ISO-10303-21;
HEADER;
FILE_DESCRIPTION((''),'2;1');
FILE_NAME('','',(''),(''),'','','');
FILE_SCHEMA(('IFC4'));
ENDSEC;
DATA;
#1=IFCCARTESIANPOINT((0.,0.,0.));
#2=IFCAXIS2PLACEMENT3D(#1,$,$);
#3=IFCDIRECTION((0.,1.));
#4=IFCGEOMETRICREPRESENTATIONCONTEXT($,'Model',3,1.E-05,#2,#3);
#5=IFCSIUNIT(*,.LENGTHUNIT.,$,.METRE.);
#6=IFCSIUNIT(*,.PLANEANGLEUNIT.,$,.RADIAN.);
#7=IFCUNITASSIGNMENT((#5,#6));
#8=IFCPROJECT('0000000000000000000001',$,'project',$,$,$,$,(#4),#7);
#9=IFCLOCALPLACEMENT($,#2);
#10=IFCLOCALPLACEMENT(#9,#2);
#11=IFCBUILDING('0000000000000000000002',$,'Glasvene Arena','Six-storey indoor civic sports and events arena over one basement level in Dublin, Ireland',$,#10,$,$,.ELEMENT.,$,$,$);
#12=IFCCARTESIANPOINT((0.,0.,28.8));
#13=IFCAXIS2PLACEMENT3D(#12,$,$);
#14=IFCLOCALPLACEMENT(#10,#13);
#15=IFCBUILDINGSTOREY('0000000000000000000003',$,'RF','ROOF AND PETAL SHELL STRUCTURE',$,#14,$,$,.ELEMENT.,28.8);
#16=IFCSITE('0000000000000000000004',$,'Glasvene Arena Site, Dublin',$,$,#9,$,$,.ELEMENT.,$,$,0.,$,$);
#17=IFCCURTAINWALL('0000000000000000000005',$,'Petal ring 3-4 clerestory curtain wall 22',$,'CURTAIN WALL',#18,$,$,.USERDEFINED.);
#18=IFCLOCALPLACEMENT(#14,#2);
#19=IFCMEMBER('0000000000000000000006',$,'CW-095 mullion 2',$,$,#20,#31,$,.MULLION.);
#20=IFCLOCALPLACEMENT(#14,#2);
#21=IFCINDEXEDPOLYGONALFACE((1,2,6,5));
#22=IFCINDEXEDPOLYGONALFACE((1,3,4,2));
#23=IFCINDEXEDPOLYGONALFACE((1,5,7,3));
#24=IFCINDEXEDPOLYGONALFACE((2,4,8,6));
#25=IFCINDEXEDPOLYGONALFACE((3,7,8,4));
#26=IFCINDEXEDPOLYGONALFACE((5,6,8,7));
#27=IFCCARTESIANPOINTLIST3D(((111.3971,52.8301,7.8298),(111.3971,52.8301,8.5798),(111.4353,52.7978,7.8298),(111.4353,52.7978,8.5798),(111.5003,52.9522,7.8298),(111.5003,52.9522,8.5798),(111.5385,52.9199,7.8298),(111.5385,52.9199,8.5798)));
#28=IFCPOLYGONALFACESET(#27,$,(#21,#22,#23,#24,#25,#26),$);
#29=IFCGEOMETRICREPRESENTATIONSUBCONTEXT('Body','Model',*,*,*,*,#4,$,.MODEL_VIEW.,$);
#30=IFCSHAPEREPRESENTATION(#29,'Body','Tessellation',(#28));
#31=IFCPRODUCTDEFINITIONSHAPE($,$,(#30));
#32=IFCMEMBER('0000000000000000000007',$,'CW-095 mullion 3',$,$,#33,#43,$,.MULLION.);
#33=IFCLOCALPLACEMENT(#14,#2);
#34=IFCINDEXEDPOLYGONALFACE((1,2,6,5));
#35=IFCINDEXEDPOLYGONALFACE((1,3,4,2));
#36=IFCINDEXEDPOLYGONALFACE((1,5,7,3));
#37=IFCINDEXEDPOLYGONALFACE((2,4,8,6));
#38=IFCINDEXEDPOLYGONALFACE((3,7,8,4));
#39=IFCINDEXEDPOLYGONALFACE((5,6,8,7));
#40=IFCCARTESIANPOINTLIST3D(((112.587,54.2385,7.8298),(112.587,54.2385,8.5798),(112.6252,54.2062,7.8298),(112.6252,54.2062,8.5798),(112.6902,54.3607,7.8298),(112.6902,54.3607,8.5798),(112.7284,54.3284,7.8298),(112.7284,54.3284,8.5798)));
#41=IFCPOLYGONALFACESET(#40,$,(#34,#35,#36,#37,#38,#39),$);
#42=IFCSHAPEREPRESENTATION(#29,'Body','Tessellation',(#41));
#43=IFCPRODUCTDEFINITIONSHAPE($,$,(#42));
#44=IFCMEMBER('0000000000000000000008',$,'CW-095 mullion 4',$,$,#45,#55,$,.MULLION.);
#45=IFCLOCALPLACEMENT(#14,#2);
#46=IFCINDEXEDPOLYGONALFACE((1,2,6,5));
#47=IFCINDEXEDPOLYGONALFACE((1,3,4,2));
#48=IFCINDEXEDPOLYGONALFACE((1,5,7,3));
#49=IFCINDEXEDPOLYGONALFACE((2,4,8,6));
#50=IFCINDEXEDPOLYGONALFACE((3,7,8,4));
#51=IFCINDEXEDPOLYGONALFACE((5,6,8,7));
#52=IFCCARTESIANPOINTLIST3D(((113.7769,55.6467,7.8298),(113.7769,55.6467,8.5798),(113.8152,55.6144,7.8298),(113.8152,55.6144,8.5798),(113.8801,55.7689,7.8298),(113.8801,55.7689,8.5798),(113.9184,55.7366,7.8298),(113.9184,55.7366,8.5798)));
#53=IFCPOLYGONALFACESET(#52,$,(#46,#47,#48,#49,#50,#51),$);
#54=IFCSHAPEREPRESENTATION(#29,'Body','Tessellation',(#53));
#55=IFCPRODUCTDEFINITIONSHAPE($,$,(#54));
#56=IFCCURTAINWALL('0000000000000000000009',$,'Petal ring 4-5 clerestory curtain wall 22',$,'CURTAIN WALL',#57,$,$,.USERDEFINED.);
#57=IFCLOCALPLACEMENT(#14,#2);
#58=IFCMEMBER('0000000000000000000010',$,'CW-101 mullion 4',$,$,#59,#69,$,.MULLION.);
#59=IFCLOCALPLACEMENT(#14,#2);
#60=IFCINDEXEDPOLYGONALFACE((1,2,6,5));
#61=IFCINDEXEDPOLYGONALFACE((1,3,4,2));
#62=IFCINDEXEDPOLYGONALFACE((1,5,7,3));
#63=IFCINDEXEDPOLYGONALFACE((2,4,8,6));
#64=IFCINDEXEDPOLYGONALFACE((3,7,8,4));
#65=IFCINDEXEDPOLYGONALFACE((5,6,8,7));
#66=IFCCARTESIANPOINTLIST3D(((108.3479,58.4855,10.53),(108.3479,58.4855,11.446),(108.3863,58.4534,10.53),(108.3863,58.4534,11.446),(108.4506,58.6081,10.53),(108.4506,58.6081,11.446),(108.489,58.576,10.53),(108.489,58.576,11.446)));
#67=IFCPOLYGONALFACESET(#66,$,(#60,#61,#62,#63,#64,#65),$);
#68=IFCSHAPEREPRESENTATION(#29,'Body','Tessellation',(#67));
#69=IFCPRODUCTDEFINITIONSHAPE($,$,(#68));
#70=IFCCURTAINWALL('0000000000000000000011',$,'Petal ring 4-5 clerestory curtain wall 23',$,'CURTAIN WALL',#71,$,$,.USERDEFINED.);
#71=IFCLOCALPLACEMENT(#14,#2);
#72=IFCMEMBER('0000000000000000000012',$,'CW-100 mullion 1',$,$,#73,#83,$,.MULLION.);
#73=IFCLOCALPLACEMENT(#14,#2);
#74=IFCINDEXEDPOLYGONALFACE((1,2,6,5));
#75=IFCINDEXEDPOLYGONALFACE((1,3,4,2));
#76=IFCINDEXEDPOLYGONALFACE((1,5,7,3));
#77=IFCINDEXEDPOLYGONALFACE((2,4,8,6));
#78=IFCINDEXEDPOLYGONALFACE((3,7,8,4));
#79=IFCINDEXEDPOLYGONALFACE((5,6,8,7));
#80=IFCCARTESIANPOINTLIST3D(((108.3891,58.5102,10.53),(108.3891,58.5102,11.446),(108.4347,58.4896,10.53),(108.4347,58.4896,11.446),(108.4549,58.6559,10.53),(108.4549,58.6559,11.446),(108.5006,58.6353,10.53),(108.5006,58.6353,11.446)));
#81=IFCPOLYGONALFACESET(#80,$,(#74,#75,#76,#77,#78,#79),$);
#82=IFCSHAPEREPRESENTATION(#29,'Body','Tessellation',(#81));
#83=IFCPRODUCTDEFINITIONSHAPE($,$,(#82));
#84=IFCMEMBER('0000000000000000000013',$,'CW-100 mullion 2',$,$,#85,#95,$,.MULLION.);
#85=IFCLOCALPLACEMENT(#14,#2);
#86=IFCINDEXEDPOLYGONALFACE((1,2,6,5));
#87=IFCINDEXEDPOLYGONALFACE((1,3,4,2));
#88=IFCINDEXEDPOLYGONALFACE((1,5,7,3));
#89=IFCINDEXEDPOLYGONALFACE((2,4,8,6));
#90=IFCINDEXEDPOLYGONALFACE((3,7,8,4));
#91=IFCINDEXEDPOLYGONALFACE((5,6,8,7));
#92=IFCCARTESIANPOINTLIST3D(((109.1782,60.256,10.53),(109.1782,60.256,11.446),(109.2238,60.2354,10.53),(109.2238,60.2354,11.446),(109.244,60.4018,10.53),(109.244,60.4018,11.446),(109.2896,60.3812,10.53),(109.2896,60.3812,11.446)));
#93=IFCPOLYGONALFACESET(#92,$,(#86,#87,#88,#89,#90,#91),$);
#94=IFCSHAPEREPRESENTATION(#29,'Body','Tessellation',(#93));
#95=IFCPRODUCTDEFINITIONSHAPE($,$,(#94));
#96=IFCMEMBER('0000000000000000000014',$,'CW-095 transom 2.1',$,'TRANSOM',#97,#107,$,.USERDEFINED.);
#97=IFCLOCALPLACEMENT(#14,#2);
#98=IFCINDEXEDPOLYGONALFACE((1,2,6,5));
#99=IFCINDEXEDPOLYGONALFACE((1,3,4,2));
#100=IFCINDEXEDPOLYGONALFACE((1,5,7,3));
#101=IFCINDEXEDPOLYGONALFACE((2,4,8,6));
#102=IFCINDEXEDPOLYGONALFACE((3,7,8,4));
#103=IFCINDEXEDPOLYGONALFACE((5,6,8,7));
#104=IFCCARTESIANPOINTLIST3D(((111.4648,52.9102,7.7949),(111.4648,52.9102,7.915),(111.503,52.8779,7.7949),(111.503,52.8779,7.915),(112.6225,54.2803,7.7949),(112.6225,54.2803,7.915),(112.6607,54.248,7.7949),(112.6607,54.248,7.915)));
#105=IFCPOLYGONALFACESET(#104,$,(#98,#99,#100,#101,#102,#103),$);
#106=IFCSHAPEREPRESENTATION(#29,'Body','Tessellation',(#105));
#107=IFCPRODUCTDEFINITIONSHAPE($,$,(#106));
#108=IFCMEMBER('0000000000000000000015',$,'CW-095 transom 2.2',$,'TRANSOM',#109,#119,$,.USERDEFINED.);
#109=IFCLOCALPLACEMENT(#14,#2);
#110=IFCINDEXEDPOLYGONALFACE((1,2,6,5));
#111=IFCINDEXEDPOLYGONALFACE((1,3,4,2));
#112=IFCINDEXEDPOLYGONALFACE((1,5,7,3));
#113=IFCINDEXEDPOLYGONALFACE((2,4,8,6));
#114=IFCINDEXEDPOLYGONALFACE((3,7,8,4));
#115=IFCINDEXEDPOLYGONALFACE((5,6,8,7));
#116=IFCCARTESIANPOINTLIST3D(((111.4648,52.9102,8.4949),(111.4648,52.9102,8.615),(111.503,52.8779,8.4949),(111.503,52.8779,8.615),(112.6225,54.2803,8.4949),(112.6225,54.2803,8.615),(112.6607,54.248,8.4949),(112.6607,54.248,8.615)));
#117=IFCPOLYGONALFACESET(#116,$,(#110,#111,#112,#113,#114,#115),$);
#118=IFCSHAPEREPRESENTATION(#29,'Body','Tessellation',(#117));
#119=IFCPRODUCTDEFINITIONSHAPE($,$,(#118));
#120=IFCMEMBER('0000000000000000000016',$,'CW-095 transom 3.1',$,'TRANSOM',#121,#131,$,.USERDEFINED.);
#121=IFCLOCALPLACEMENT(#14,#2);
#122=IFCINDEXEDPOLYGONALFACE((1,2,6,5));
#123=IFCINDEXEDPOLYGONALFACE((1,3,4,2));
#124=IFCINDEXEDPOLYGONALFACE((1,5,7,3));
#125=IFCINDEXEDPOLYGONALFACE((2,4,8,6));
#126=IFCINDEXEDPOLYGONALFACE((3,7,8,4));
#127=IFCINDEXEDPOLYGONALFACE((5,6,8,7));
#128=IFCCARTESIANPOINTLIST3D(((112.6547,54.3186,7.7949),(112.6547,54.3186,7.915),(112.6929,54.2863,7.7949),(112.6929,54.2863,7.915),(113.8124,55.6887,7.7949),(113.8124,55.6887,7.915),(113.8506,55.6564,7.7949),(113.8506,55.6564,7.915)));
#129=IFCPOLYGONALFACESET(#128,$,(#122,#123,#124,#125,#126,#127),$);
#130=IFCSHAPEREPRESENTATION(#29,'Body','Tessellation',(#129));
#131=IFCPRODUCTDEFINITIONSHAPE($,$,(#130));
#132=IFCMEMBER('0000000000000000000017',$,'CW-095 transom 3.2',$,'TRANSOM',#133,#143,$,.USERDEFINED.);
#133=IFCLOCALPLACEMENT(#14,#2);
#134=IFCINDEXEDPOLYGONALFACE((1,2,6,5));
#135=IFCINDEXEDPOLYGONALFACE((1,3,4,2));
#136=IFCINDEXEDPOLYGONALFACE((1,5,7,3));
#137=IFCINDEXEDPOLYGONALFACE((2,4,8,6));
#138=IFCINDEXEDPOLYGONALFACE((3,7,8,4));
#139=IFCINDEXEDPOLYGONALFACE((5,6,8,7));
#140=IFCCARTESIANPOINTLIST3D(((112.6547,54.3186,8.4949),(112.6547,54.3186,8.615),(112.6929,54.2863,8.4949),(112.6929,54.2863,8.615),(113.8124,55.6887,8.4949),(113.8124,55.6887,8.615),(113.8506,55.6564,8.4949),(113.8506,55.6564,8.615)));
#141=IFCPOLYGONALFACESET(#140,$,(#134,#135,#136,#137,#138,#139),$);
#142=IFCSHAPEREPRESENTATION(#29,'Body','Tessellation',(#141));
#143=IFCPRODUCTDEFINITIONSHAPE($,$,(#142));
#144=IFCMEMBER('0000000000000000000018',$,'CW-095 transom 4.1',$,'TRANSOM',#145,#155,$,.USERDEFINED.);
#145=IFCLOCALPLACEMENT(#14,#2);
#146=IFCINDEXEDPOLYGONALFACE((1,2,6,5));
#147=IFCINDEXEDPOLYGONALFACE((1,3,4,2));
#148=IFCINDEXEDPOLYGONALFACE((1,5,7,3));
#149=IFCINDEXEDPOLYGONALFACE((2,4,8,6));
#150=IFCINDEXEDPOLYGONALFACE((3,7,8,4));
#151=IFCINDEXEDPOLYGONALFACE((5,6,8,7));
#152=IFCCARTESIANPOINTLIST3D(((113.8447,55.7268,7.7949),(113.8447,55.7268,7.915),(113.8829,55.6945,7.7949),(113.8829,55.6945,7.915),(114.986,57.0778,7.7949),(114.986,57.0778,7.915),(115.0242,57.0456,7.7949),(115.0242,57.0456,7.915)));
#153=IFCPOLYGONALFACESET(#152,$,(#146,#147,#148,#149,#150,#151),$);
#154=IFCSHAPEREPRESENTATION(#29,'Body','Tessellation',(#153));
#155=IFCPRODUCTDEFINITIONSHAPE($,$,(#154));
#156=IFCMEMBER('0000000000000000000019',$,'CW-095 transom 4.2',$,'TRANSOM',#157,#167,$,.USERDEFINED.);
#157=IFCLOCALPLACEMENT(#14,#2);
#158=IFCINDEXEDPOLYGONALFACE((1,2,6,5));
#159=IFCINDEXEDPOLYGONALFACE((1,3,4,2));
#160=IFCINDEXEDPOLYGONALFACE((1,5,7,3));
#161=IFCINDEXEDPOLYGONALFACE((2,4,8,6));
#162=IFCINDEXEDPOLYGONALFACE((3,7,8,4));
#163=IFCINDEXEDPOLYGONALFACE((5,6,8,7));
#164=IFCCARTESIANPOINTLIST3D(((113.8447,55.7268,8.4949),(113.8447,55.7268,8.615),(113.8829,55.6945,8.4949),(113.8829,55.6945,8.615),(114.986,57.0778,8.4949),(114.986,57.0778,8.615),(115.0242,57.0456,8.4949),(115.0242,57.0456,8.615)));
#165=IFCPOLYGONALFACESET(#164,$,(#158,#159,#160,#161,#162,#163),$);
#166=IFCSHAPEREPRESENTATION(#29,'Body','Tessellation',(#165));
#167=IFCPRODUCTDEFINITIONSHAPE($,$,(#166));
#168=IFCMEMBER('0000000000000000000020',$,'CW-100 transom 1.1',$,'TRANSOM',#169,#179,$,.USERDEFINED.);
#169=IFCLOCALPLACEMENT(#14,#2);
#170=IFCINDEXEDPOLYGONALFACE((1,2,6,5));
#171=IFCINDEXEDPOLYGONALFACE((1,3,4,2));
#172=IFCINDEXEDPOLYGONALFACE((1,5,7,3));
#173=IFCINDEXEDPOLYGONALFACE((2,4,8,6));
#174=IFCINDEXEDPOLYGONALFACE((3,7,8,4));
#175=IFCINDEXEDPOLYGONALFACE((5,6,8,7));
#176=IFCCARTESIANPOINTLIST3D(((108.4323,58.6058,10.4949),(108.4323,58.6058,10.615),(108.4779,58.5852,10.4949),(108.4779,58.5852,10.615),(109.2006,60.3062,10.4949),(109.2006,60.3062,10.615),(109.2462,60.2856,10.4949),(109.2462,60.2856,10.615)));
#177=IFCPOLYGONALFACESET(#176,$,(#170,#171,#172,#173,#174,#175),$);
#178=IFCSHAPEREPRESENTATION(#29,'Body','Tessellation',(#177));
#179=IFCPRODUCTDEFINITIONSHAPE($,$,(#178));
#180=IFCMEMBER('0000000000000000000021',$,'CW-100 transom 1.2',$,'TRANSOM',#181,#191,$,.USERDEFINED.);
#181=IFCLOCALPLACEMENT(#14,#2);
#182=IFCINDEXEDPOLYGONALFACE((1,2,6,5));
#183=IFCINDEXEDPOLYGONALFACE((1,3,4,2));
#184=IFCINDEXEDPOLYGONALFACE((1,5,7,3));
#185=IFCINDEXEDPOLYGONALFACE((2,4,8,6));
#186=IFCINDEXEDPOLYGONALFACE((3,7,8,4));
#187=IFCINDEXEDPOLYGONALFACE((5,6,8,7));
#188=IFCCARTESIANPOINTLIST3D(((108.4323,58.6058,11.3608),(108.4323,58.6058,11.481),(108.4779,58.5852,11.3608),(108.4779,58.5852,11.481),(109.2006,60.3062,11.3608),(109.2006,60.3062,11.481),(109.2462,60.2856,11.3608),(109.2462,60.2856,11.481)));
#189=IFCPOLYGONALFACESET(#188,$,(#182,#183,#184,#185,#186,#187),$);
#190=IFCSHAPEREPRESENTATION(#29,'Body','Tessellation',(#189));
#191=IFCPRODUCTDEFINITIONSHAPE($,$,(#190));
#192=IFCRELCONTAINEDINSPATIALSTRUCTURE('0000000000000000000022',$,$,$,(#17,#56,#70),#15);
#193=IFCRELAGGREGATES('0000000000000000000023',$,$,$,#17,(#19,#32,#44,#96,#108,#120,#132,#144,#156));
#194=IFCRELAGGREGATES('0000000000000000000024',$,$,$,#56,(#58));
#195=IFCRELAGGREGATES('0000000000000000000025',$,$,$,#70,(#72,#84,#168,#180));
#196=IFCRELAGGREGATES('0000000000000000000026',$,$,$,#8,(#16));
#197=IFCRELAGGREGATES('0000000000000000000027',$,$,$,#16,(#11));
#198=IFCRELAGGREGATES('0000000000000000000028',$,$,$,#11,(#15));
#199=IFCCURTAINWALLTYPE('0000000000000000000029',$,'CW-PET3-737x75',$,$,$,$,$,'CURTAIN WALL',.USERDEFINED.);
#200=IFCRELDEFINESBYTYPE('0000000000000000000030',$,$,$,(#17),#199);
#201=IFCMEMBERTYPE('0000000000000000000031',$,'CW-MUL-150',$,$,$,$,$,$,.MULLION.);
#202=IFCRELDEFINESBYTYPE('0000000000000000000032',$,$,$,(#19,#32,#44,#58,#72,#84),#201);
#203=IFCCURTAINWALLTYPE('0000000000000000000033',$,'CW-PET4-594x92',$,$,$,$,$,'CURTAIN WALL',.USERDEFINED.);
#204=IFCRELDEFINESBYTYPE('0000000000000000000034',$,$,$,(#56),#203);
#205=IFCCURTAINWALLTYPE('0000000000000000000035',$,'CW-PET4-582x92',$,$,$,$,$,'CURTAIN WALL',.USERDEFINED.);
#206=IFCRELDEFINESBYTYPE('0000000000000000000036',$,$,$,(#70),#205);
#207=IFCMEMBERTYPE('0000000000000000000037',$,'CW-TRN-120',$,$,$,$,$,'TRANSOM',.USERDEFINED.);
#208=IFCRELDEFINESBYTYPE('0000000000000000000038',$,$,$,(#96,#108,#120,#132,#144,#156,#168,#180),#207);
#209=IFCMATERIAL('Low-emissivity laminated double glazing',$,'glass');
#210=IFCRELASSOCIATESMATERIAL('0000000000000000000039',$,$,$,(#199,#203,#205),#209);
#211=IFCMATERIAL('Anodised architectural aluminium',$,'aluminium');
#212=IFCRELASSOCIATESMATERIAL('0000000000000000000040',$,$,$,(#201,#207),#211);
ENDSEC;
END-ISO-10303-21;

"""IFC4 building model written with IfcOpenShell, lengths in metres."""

from ifc_helpers import new_model, si_unit, direction, frame, origin, origin_2d, place, context, subcontext, project, spatial, rectangle, extrude, material, material_profile, profile_set, type_object, element, aggregate, save


model = new_model("IFC4")

# Units and contexts
model_context = context("Model", 3, precision=1e-05, world=origin(), true_north=direction((0.0, 1.0)))
body_context = subcontext(model_context, "Body", "Model", "MODEL_VIEW")
ifc_project = project(units=[si_unit("LENGTHUNIT", "METRE"), si_unit("PLANEANGLEUNIT", "RADIAN")], contexts=[model_context])

# Site, building, storey
site_placement = place(None, origin())
site = spatial("IfcSite", under=ifc_project, at=site_placement, Name="Glasvene Arena Site, Dublin", CompositionType="ELEMENT", RefElevation=0.0)
building_placement = place(site_placement, origin())
building = spatial("IfcBuilding", under=site, at=building_placement, Name="Glasvene Arena", Description="Six-storey indoor civic sports and events arena over one basement level in Dublin, Ireland", CompositionType="ELEMENT")
storey_placement = place(building_placement, frame((0.0, 0.0, 28.8)))
storey = spatial("IfcBuildingStorey", under=building, at=storey_placement, Name="RF", Description="ROOF AND PETAL SHELL STRUCTURE", CompositionType="ELEMENT", Elevation=28.8)

# Curtain wall, members
ifc_material_1 = material(Name="Low-emissivity laminated double glazing", Category="glass")
curtain_wall_type_1 = type_object("IfcCurtainWallType", Name="CW-PET3-737x75", ElementType="CURTAIN WALL", PredefinedType="USERDEFINED", material=ifc_material_1)
curtain_wall_1_placement = place(storey_placement, frame((110.2778, 51.4668, 0.0)))
curtain_wall_1 = element("IfcCurtainWall", 1, at=curtain_wall_1_placement, inside=storey, type_object=curtain_wall_type_1, Name="Petal ring 3-4 clerestory curtain wall 22", ObjectType="CURTAIN WALL", PredefinedType="USERDEFINED")
ifc_material_2 = material(Name="Anodised architectural aluminium", Category="aluminium")
ifc_material_profile_1 = material_profile(ifc_material_2, rectangle(XDim=0.05, YDim=0.1599, at=origin_2d()), Name="ALU MULLION 50x160")
ifc_profile_set_1 = profile_set([ifc_material_profile_1], Name="Anodised architectural aluminium")
member_type_1 = type_object("IfcMemberType", Name="CW-MUL-150", PredefinedType="MULLION", material=ifc_profile_set_1)
member_1_placement = place(storey_placement, frame((111.4678, 52.875, 7.8298), z_axis=(0.0, 0.0, 1.0), x_axis=(-0.76385, 0.645394, 0.0)))
member_1 = element("IfcMember", 2, at=member_1_placement, type_object=member_type_1, Name="CW-095 mullion 2", PredefinedType="MULLION", context=body_context, shape_type="SweptSolid", body=[
    extrude(rectangle(XDim=0.05, YDim=0.1599, at=origin_2d()), origin(), (0.0, 0.0, 1.0), 0.75),
])
member_2_placement = place(storey_placement, frame((112.6577, 54.2834, 7.8298), z_axis=(0.0, 0.0, 1.0), x_axis=(-0.76385, 0.645394, 0.0)))
member_2 = element("IfcMember", 3, at=member_2_placement, type_object=member_type_1, Name="CW-095 mullion 3", PredefinedType="MULLION", context=body_context, shape_type="SweptSolid", body=[
    extrude(rectangle(XDim=0.05, YDim=0.1599, at=origin_2d()), origin(), (0.0, 0.0, 1.0), 0.75),
])
member_3_placement = place(storey_placement, frame((113.8477, 55.6917, 7.8298), z_axis=(0.0, 0.0, 1.0), x_axis=(-0.76385, 0.645394, 0.0)))
member_3 = element("IfcMember", 4, at=member_3_placement, type_object=member_type_1, Name="CW-095 mullion 4", PredefinedType="MULLION", context=body_context, shape_type="SweptSolid", body=[
    extrude(rectangle(XDim=0.05, YDim=0.1599, at=origin_2d()), origin(), (0.0, 0.0, 1.0), 0.75),
])

# Curtain wall, member
curtain_wall_type_2 = type_object("IfcCurtainWallType", Name="CW-PET4-594x92", ElementType="CURTAIN WALL", PredefinedType="USERDEFINED", material=ifc_material_1)
curtain_wall_2_placement = place(storey_placement, frame((104.6206, 53.9937, 0.0)))
curtain_wall_2 = element("IfcCurtainWall", 5, at=curtain_wall_2_placement, inside=storey, type_object=curtain_wall_type_2, Name="Petal ring 4-5 clerestory curtain wall 22", ObjectType="CURTAIN WALL", PredefinedType="USERDEFINED")
member_4_placement = place(storey_placement, frame((108.4185, 58.5308, 10.53), z_axis=(0.0, 0.0, 1.0), x_axis=(-0.766805, 0.64188, 0.0)))
member_4 = element("IfcMember", 6, at=member_4_placement, type_object=member_type_1, Name="CW-101 mullion 4", PredefinedType="MULLION", context=body_context, shape_type="SweptSolid", body=[
    extrude(rectangle(XDim=0.05, YDim=0.1599, at=origin_2d()), origin(), (0.0, 0.0, 1.0), 0.916),
])

# Curtain wall, members
curtain_wall_type_3 = type_object("IfcCurtainWallType", Name="CW-PET4-582x92", ElementType="CURTAIN WALL", PredefinedType="USERDEFINED", material=ifc_material_1)
curtain_wall_3_placement = place(storey_placement, frame((108.4346, 58.55, 0.0)))
curtain_wall_3 = element("IfcCurtainWall", 7, at=curtain_wall_3_placement, inside=storey, type_object=curtain_wall_type_3, Name="Petal ring 4-5 clerestory curtain wall 23", ObjectType="CURTAIN WALL", PredefinedType="USERDEFINED")
member_5_placement = place(storey_placement, frame((108.4448, 58.5728, 10.53), z_axis=(0.0, 0.0, 1.0), x_axis=(-0.911284, 0.411778, 0.0)))
member_5 = element("IfcMember", 8, at=member_5_placement, type_object=member_type_1, Name="CW-100 mullion 1", PredefinedType="MULLION", context=body_context, shape_type="SweptSolid", body=[
    extrude(rectangle(XDim=0.05, YDim=0.1599, at=origin_2d()), origin(), (0.0, 0.0, 1.0), 0.916),
])
member_6_placement = place(storey_placement, frame((109.2339, 60.3186, 10.53), z_axis=(0.0, 0.0, 1.0), x_axis=(-0.911284, 0.411778, 0.0)))
member_6 = element("IfcMember", 9, at=member_6_placement, type_object=member_type_1, Name="CW-100 mullion 2", PredefinedType="MULLION", context=body_context, shape_type="SweptSolid", body=[
    extrude(rectangle(XDim=0.05, YDim=0.1599, at=origin_2d()), origin(), (0.0, 0.0, 1.0), 0.916),
])

# Members
ifc_material_profile_2 = material_profile(ifc_material_2, rectangle(XDim=0.05, YDim=0.1201, at=origin_2d()), Name="ALU TRANSOM 50x120")
ifc_profile_set_2 = profile_set([ifc_material_profile_2], Name="Anodised architectural aluminium")
member_type_2 = type_object("IfcMemberType", Name="CW-TRN-120", ElementType="TRANSOM", PredefinedType="USERDEFINED", material=ifc_profile_set_2)
member_7_placement = place(storey_placement, frame((111.4839, 52.894, 7.855), z_axis=(0.645417, 0.76383, 0.0), x_axis=(-0.76383, 0.645417, 0.0)))
member_7 = element("IfcMember", 10, at=member_7_placement, type_object=member_type_2, Name="CW-095 transom 2.1", ObjectType="TRANSOM", PredefinedType="USERDEFINED", context=body_context, shape_type="SweptSolid", body=[
    extrude(rectangle(XDim=0.05, YDim=0.1201, at=origin_2d()), origin(), (0.0, 0.0, 1.0), 1.7937),
])
member_8_placement = place(storey_placement, frame((111.4839, 52.894, 8.5549), z_axis=(0.645417, 0.76383, 0.0), x_axis=(-0.76383, 0.645417, 0.0)))
member_8 = element("IfcMember", 11, at=member_8_placement, type_object=member_type_2, Name="CW-095 transom 2.2", ObjectType="TRANSOM", PredefinedType="USERDEFINED", context=body_context, shape_type="SweptSolid", body=[
    extrude(rectangle(XDim=0.05, YDim=0.1201, at=origin_2d()), origin(), (0.0, 0.0, 1.0), 1.7937),
])
member_9_placement = place(storey_placement, frame((112.6738, 54.3025, 7.855), z_axis=(0.645417, 0.76383, 0.0), x_axis=(-0.76383, 0.645417, 0.0)))
member_9 = element("IfcMember", 12, at=member_9_placement, type_object=member_type_2, Name="CW-095 transom 3.1", ObjectType="TRANSOM", PredefinedType="USERDEFINED", context=body_context, shape_type="SweptSolid", body=[
    extrude(rectangle(XDim=0.05, YDim=0.1201, at=origin_2d()), origin(), (0.0, 0.0, 1.0), 1.7937),
])
member_10_placement = place(storey_placement, frame((112.6738, 54.3025, 8.5549), z_axis=(0.645417, 0.76383, 0.0), x_axis=(-0.76383, 0.645417, 0.0)))
member_10 = element("IfcMember", 13, at=member_10_placement, type_object=member_type_2, Name="CW-095 transom 3.2", ObjectType="TRANSOM", PredefinedType="USERDEFINED", context=body_context, shape_type="SweptSolid", body=[
    extrude(rectangle(XDim=0.05, YDim=0.1201, at=origin_2d()), origin(), (0.0, 0.0, 1.0), 1.7937),
])
member_11_placement = place(storey_placement, frame((113.8638, 55.7107, 7.855), z_axis=(0.645329, 0.763904, 0.0), x_axis=(-0.763904, 0.645329, 0.0)))
member_11 = element("IfcMember", 14, at=member_11_placement, type_object=member_type_2, Name="CW-095 transom 4.1", ObjectType="TRANSOM", PredefinedType="USERDEFINED", context=body_context, shape_type="SweptSolid", body=[
    extrude(rectangle(XDim=0.05, YDim=0.1201, at=origin_2d()), origin(), (0.0, 0.0, 1.0), 1.7686),
])
member_12_placement = place(storey_placement, frame((113.8638, 55.7107, 8.5549), z_axis=(0.645329, 0.763904, 0.0), x_axis=(-0.763904, 0.645329, 0.0)))
member_12 = element("IfcMember", 15, at=member_12_placement, type_object=member_type_2, Name="CW-095 transom 4.2", ObjectType="TRANSOM", PredefinedType="USERDEFINED", context=body_context, shape_type="SweptSolid", body=[
    extrude(rectangle(XDim=0.05, YDim=0.1201, at=origin_2d()), origin(), (0.0, 0.0, 1.0), 1.7686),
])
member_13_placement = place(storey_placement, frame((108.4551, 58.5955, 10.5549), z_axis=(0.411751, 0.911296, 0.0), x_axis=(-0.911296, 0.411751, 0.0)))
member_13 = element("IfcMember", 16, at=member_13_placement, type_object=member_type_2, Name="CW-100 transom 1.1", ObjectType="TRANSOM", PredefinedType="USERDEFINED", context=body_context, shape_type="SweptSolid", body=[
    extrude(rectangle(XDim=0.05, YDim=0.1201, at=origin_2d()), origin(), (0.0, 0.0, 1.0), 1.866),
])
member_14_placement = place(storey_placement, frame((108.4551, 58.5955, 11.4209), z_axis=(0.411751, 0.911296, 0.0), x_axis=(-0.911296, 0.411751, 0.0)))
member_14 = element("IfcMember", 17, at=member_14_placement, type_object=member_type_2, Name="CW-100 transom 1.2", ObjectType="TRANSOM", PredefinedType="USERDEFINED", context=body_context, shape_type="SweptSolid", body=[
    extrude(rectangle(XDim=0.05, YDim=0.1201, at=origin_2d()), origin(), (0.0, 0.0, 1.0), 1.866),
])

aggregate(curtain_wall_1, [member_1, member_2, member_3, member_7, member_8, member_9, member_10, member_11, member_12])
aggregate(curtain_wall_2, [member_4])
aggregate(curtain_wall_3, [member_5, member_6, member_13, member_14])

save(model, "model.ifc")
